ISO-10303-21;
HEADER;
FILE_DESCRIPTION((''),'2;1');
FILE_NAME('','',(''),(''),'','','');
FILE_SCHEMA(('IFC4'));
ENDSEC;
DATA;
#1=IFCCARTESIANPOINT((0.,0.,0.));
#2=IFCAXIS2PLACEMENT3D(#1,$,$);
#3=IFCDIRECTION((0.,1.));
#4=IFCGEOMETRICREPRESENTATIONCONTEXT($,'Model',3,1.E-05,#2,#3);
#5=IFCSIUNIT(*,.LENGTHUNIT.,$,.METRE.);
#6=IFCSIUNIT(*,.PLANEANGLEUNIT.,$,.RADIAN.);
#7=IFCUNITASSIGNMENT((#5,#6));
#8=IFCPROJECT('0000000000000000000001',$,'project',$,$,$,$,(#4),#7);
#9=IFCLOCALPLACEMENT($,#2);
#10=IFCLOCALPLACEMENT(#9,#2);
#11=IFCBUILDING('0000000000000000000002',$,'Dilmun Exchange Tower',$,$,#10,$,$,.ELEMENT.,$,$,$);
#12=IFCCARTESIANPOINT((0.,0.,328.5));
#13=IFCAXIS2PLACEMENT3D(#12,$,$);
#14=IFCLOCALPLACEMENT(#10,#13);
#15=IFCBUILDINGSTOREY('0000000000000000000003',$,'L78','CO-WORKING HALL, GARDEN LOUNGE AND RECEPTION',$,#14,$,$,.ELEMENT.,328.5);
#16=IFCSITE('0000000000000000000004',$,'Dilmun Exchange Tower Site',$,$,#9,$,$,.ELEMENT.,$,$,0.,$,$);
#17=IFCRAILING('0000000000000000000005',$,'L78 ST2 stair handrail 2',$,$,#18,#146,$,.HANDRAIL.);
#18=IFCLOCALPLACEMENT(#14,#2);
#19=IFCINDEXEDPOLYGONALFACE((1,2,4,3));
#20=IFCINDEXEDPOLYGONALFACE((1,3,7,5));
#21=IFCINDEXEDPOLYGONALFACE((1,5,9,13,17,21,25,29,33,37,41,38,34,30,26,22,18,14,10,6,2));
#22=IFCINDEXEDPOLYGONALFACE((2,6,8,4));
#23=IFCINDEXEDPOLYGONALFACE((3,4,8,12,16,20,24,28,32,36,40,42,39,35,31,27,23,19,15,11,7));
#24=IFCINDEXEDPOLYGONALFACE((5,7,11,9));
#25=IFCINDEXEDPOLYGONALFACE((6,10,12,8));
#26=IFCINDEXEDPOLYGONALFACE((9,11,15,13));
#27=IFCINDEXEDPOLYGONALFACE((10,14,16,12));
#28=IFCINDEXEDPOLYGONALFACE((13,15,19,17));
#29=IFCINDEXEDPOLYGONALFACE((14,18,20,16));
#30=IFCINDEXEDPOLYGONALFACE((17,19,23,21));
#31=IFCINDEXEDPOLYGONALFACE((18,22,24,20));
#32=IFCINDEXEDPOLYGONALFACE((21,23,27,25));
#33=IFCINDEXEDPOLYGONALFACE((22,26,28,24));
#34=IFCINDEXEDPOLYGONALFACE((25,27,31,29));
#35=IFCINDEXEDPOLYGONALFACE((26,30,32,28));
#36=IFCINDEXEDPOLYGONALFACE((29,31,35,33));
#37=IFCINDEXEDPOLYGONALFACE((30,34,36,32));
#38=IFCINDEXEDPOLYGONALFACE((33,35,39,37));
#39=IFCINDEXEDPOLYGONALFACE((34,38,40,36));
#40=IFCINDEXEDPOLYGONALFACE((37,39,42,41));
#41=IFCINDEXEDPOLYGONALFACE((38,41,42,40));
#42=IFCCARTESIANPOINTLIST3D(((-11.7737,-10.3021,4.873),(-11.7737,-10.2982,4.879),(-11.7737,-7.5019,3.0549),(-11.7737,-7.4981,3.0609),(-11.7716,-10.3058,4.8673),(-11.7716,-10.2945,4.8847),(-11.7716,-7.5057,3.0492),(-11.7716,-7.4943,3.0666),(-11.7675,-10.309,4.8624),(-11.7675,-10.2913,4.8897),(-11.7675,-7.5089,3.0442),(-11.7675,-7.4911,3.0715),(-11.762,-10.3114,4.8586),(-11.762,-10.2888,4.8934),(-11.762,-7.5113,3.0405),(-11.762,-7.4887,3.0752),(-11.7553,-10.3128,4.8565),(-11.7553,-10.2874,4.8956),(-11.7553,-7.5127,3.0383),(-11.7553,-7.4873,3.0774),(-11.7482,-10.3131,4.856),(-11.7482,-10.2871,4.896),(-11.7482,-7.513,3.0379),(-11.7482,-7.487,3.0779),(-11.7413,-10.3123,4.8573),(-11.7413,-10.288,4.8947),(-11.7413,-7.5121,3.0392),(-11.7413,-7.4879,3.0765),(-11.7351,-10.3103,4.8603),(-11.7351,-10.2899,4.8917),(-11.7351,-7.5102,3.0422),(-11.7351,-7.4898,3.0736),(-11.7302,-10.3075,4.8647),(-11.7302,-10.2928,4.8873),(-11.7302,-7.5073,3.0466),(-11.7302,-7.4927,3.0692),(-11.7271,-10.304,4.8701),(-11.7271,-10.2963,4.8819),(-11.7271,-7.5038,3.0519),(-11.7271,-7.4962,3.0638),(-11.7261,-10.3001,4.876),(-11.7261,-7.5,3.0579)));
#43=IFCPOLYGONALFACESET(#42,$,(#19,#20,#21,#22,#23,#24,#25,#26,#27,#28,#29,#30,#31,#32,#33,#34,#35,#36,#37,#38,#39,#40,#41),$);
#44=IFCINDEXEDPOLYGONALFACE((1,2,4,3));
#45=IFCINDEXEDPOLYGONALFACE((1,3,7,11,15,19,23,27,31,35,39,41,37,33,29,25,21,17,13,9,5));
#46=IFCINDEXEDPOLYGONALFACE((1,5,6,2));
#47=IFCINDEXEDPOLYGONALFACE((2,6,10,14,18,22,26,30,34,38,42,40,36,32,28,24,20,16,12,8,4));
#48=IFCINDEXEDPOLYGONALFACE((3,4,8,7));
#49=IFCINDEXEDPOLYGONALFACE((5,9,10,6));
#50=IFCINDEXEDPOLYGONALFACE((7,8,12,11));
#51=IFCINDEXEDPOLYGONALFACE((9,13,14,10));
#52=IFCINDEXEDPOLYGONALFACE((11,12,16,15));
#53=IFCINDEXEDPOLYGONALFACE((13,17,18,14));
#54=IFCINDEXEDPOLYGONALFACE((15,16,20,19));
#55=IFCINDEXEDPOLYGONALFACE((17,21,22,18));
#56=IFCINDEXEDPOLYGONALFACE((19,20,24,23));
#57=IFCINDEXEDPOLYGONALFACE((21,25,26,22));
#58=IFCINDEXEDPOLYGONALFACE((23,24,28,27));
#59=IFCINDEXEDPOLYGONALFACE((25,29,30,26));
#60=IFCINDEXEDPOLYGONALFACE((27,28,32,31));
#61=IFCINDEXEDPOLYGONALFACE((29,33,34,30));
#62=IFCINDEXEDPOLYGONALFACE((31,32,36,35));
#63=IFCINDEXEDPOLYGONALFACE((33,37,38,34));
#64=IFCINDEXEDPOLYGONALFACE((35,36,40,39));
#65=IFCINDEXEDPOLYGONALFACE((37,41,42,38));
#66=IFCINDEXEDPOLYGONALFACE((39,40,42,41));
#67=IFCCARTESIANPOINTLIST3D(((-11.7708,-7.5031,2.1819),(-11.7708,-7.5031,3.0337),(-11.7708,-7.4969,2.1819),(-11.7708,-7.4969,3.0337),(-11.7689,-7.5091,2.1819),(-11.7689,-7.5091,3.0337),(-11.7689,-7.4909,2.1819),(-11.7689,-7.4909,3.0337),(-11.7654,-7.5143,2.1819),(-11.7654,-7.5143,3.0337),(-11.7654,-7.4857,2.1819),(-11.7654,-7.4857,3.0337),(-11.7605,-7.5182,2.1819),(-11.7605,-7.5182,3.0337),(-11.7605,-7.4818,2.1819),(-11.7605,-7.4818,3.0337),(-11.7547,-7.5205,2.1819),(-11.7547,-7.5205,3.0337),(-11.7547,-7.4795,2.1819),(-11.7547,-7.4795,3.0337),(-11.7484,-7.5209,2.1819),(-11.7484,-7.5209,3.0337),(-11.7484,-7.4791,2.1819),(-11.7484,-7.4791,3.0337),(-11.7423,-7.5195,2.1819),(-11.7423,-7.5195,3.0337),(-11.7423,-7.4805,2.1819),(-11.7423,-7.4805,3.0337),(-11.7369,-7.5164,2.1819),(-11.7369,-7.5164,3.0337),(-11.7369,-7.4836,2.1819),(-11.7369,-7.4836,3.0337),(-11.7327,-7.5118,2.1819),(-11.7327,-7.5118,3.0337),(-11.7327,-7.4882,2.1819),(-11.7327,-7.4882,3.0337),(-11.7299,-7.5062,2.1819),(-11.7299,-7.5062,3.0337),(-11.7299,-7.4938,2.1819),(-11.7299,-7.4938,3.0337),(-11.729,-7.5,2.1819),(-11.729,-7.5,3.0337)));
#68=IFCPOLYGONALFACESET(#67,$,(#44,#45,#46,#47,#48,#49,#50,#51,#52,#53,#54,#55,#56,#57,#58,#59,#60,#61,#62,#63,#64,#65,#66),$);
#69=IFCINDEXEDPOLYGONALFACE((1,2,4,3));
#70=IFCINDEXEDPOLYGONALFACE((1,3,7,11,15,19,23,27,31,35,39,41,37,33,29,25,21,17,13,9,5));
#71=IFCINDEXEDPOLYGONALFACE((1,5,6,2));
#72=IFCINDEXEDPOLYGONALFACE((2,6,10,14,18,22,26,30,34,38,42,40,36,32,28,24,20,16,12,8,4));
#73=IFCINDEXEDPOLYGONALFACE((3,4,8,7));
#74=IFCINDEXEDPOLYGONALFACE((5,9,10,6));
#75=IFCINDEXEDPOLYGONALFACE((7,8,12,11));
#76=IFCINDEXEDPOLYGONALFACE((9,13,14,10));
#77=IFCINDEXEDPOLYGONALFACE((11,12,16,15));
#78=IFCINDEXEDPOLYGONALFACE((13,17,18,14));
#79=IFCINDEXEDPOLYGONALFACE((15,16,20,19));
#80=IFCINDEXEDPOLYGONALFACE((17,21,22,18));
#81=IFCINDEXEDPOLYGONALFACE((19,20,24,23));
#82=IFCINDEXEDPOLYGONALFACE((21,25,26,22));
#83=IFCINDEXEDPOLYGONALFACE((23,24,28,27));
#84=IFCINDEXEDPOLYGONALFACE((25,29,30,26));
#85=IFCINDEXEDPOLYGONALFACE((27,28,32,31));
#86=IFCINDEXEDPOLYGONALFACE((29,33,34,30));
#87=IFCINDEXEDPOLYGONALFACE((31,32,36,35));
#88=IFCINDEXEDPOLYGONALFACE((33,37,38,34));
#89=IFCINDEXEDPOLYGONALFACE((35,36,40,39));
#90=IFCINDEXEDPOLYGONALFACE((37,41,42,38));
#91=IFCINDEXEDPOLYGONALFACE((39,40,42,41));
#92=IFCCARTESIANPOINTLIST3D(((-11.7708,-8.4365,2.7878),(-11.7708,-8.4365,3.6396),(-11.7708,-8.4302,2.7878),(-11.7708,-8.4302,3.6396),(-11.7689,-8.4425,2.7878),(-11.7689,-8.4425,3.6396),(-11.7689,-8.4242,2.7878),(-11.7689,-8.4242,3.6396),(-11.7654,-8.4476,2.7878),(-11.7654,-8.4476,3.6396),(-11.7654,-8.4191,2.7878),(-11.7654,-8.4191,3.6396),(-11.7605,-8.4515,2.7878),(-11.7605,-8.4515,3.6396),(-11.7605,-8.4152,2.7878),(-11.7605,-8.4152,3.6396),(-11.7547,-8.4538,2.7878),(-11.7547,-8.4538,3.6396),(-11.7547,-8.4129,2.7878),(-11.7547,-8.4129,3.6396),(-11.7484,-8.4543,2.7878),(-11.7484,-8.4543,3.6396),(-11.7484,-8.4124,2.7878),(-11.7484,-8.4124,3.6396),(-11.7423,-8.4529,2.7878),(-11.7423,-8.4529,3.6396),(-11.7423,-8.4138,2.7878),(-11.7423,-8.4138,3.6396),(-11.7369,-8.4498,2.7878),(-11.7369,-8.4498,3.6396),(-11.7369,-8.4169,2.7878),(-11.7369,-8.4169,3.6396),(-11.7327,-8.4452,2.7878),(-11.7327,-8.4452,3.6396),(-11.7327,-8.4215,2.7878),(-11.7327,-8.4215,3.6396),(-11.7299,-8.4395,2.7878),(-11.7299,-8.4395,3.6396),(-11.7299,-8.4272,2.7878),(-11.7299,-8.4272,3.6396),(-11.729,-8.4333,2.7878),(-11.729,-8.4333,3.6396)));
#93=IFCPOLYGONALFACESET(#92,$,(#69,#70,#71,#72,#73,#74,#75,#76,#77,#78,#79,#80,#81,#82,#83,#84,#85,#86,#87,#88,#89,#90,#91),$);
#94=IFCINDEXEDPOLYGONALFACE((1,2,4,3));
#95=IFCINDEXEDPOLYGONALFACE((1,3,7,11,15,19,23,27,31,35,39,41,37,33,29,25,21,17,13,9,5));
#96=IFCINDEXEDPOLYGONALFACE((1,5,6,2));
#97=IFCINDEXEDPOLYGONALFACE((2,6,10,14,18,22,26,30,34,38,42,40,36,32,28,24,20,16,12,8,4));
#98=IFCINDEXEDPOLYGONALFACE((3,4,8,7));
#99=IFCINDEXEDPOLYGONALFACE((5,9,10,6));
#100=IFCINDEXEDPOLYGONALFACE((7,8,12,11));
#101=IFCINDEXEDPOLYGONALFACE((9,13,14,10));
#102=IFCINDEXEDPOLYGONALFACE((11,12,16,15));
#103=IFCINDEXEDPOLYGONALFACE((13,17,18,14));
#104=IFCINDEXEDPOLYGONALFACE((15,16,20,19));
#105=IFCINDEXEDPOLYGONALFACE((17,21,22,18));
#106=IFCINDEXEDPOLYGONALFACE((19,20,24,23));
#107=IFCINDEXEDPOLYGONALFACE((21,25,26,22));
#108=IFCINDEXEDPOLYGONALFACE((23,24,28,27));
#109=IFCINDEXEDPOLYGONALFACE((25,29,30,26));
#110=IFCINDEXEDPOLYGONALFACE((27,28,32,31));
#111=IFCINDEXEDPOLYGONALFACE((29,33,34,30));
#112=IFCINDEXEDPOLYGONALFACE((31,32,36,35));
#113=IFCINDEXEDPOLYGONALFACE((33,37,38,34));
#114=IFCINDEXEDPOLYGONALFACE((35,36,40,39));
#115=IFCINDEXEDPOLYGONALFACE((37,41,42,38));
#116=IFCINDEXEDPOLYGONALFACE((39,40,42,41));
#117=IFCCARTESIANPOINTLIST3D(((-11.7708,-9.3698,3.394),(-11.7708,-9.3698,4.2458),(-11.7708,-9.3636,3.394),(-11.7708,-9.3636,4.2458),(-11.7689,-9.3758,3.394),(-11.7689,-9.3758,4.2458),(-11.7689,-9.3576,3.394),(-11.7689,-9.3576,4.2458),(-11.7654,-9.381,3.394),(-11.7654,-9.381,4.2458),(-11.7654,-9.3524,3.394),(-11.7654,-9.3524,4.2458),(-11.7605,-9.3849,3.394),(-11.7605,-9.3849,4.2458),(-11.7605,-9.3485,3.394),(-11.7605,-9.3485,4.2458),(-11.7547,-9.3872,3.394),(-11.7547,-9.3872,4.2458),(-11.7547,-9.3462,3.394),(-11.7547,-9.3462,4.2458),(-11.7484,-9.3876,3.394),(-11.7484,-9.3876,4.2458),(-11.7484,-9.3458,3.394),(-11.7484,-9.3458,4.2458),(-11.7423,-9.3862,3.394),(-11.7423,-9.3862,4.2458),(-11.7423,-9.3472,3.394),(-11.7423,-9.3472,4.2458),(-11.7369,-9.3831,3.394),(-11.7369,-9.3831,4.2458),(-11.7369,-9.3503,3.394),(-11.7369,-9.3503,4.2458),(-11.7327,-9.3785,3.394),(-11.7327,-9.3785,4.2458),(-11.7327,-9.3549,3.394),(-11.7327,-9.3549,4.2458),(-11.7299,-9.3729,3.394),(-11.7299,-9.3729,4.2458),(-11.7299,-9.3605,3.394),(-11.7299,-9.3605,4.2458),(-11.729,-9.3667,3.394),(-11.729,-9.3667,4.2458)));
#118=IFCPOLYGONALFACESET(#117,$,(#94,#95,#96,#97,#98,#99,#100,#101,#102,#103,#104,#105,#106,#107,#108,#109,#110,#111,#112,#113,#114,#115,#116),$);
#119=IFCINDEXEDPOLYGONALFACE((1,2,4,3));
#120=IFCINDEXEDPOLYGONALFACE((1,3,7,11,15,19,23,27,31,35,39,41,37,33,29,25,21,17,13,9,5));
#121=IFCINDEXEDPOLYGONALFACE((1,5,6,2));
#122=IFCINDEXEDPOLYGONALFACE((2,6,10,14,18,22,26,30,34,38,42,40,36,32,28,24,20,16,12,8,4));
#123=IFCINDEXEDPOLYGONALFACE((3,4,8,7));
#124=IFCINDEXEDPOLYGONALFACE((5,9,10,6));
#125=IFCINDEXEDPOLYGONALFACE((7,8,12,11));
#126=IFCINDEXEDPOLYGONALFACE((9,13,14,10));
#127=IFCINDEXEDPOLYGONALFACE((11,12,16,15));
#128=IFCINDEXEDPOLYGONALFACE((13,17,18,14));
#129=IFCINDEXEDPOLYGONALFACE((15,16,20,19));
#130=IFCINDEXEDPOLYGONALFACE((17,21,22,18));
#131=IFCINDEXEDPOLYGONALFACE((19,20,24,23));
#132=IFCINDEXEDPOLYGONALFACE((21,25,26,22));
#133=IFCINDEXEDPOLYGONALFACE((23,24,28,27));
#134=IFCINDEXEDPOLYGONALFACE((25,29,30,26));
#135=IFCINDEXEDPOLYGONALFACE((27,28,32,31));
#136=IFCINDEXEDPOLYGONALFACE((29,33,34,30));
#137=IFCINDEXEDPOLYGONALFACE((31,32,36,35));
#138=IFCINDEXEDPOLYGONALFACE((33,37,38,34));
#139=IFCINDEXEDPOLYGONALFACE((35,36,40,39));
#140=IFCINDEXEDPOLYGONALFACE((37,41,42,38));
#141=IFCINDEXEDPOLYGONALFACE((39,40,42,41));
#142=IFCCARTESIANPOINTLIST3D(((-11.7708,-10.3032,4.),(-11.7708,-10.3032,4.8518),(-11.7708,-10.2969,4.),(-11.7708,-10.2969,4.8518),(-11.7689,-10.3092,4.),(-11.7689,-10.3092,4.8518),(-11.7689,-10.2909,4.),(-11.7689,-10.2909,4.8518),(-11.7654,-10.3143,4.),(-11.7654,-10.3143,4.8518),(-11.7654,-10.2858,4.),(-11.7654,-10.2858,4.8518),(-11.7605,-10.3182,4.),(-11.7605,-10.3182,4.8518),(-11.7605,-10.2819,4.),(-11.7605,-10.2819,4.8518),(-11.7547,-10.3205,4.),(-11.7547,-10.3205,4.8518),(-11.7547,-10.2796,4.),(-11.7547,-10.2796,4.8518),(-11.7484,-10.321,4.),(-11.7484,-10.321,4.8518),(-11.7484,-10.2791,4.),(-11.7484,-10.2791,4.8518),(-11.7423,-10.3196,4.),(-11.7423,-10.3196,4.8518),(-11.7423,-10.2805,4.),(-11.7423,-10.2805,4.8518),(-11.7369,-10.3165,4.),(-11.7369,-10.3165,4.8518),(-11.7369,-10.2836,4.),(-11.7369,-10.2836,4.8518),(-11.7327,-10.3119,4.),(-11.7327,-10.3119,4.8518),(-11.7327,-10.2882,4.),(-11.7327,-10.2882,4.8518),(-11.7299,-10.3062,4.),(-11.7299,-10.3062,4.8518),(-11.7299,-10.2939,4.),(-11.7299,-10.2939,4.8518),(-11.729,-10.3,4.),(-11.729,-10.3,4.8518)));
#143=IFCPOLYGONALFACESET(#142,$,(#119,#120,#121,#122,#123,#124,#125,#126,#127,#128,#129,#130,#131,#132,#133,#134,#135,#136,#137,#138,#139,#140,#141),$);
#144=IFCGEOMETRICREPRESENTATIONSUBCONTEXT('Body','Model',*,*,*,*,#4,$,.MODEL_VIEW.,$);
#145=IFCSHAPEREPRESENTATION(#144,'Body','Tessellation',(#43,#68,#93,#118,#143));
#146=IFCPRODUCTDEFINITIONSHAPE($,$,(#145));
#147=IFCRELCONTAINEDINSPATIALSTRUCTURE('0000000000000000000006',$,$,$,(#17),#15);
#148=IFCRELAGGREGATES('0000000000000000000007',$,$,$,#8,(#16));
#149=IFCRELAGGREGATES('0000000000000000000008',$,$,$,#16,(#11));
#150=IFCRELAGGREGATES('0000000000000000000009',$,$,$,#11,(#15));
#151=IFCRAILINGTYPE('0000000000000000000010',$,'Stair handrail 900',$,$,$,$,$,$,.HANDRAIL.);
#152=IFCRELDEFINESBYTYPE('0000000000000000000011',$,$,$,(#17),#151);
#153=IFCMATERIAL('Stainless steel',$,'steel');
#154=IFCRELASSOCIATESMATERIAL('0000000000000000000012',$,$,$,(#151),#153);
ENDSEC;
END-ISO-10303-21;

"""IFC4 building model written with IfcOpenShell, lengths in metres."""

from ifc_helpers import new_model, si_unit, direction, frame, origin, origin_2d, place, context, subcontext, project, spatial, circle, extrude, material, type_object, element, save


model = new_model("IFC4")

# Units and contexts
model_context = context("Model", 3, precision=1e-05, world=origin(), true_north=direction((0.0, 1.0)))
body_context = subcontext(model_context, "Body", "Model", "MODEL_VIEW")
ifc_project = project(units=[si_unit("LENGTHUNIT", "METRE"), si_unit("PLANEANGLEUNIT", "RADIAN")], contexts=[model_context])

# Site, building, storey
site_placement = place(None, origin())
site = spatial("IfcSite", under=ifc_project, at=site_placement, Name="Dilmun Exchange Tower Site", CompositionType="ELEMENT", RefElevation=0.0)
building_placement = place(site_placement, origin())
building = spatial("IfcBuilding", under=site, at=building_placement, Name="Dilmun Exchange Tower", CompositionType="ELEMENT")
storey_placement = place(building_placement, frame((0.0, 0.0, 328.5)))
storey = spatial("IfcBuildingStorey", under=building, at=storey_placement, Name="L78", Description="CO-WORKING HALL, GARDEN LOUNGE AND RECEPTION", CompositionType="ELEMENT", Elevation=328.5)

# Railing
ifc_material_1 = material(Name="Stainless steel", Category="steel")
railing_type = type_object("IfcRailingType", Name="Stair handrail 900", PredefinedType="HANDRAIL", material=ifc_material_1)
railing_placement = place(storey_placement, frame((-11.75, -7.5, 2.1819)))
element("IfcRailing", 1, at=railing_placement, inside=storey, type_object=railing_type, Name="L78 ST2 stair handrail 2", PredefinedType="HANDRAIL", context=body_context, shape_type="SweptSolid", body=[
    extrude(circle(Radius=0.0239, at=origin_2d()), frame((0.0, 0.0, 0.876), z_axis=(0.0, -0.838706, 0.544585), x_axis=(1.0, 0.0, 0.0)), (0.0, 0.0, 1.0), 3.3386),
    extrude(circle(Radius=0.021, at=origin_2d()), origin(), (0.0, 0.0, 1.0), 0.8518),
    extrude(circle(Radius=0.021, at=origin_2d()), frame((0.0, -0.9333, 0.606)), (0.0, 0.0, 1.0), 0.8518),
    extrude(circle(Radius=0.021, at=origin_2d()), frame((0.0, -1.8667, 1.2122)), (0.0, 0.0, 1.0), 0.8518),
    extrude(circle(Radius=0.021, at=origin_2d()), frame((0.0, -2.8, 1.8181)), (0.0, 0.0, 1.0), 0.8518),
])

save(model, "model.ifc")
